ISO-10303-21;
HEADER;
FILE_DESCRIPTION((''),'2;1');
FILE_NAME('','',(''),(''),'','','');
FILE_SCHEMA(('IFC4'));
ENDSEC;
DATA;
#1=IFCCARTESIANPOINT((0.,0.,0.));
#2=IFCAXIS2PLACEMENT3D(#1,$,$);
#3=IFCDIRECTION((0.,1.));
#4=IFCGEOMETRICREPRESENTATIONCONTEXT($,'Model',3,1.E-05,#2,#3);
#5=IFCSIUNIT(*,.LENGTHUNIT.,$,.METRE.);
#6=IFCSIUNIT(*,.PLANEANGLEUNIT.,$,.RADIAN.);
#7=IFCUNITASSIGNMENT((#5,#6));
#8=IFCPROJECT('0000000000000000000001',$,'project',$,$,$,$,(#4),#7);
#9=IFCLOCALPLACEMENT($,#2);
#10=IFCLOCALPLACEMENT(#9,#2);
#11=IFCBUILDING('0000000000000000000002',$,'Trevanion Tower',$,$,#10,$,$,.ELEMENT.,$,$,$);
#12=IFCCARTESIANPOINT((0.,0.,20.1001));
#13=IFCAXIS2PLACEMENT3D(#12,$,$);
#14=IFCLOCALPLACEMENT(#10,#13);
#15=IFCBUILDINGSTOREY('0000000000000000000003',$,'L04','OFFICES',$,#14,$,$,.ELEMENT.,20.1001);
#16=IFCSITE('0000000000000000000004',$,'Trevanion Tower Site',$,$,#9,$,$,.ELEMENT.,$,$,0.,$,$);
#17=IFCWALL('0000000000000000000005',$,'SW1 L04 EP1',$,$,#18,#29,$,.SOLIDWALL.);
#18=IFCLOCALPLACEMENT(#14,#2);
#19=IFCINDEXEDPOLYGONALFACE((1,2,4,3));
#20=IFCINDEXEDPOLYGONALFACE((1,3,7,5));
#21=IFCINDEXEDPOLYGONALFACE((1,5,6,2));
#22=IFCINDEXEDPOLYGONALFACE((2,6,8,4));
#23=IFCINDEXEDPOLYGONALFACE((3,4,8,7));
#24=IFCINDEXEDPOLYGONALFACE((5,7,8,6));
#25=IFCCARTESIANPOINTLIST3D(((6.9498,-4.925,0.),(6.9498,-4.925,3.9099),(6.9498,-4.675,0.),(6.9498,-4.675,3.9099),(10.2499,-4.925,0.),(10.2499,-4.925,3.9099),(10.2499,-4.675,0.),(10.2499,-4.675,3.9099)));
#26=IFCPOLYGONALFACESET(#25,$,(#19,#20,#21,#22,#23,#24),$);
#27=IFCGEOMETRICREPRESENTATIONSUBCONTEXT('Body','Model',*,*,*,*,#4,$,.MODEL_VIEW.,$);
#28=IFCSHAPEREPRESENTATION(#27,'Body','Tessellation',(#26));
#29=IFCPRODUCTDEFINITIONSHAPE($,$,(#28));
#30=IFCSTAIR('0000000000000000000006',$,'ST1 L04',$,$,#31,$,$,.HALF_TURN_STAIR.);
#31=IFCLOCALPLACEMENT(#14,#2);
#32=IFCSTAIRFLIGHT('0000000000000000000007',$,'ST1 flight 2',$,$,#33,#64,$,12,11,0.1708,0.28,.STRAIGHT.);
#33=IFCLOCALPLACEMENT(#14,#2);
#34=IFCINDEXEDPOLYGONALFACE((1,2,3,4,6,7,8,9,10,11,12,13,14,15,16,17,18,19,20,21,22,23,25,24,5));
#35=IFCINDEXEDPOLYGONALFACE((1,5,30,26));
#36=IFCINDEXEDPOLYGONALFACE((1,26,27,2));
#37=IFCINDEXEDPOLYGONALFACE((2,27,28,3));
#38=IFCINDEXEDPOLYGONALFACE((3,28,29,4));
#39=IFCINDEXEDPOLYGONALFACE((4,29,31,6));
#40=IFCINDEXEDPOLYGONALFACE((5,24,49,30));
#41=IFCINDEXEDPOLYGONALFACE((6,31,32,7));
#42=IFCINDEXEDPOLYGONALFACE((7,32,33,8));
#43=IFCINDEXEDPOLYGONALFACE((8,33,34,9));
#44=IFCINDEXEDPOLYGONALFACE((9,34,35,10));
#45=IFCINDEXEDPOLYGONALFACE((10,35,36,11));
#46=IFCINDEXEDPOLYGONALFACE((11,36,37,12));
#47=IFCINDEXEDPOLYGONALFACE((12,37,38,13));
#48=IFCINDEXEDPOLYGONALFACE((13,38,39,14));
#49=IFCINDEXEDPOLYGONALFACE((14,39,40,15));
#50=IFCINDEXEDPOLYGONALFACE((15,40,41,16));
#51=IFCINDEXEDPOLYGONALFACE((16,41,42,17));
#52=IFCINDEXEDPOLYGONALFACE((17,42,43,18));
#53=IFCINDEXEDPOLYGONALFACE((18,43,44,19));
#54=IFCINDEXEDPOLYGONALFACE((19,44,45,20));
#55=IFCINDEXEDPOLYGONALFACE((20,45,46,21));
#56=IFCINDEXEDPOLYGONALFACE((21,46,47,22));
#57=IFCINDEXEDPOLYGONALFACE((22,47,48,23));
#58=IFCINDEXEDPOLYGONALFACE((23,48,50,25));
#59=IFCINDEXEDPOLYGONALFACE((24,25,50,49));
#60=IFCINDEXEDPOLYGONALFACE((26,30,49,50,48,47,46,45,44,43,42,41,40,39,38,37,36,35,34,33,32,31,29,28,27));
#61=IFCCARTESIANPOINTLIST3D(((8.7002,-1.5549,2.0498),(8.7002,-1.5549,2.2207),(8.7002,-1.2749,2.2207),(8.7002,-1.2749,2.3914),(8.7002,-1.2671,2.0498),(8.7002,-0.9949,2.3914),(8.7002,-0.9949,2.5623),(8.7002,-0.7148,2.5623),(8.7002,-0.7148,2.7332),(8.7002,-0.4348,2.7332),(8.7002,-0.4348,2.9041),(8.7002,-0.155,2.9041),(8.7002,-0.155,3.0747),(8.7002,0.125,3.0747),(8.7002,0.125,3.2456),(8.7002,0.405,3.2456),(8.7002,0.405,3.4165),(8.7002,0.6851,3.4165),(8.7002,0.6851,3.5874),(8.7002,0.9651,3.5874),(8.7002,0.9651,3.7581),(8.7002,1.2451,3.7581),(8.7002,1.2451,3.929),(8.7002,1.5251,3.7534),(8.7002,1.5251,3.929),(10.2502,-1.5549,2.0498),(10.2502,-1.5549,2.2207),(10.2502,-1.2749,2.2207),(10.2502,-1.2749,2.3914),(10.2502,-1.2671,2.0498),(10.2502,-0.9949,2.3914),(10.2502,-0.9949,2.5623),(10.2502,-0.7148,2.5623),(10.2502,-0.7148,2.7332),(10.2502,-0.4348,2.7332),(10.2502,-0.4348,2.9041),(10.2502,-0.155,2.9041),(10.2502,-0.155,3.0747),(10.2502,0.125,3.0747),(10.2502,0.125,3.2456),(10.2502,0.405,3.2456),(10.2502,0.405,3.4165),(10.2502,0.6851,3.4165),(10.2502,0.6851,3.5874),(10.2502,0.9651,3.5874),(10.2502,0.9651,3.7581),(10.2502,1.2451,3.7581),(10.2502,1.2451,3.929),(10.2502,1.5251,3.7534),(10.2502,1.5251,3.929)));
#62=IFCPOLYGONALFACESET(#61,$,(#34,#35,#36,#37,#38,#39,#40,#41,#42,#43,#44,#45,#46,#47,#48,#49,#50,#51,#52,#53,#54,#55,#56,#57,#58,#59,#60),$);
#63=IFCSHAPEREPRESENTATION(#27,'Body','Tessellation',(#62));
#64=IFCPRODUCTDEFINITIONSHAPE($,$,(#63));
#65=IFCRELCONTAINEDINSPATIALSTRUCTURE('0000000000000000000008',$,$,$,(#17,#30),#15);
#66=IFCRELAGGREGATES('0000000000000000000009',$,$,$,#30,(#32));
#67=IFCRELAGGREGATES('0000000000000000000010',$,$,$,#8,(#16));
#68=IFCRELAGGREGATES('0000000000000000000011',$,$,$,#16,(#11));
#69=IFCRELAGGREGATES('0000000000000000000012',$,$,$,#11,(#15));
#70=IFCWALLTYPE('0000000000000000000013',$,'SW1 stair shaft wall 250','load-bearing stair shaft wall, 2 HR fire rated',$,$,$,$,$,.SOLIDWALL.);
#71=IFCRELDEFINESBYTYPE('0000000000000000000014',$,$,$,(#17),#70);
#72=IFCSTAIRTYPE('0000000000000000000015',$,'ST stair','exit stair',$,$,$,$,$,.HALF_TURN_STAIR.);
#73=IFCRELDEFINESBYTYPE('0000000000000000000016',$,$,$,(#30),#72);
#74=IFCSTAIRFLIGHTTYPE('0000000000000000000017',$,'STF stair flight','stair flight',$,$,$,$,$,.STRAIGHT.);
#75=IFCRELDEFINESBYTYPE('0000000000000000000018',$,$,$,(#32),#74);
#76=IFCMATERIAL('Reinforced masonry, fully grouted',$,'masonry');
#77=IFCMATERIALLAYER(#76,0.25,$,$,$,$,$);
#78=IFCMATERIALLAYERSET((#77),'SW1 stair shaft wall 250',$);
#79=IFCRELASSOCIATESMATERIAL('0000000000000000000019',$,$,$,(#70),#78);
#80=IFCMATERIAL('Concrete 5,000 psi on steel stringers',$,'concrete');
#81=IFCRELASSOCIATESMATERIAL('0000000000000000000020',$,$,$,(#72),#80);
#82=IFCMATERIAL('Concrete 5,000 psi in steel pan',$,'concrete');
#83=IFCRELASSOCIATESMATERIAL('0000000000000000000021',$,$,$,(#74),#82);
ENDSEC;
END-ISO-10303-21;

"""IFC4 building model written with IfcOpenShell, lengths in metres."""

from ifc_helpers import new_model, si_unit, direction, frame, frame_2d, origin, place, context, subcontext, project, spatial, polyline, rectangle, outline, extrude, material, layer, layer_set, type_object, element, aggregate, save


model = new_model("IFC4")

# Units and contexts
model_context = context("Model", 3, precision=1e-05, world=origin(), true_north=direction((0.0, 1.0)))
body_context = subcontext(model_context, "Body", "Model", "MODEL_VIEW")
ifc_project = project(units=[si_unit("LENGTHUNIT", "METRE"), si_unit("PLANEANGLEUNIT", "RADIAN")], contexts=[model_context])

# Site, building, storey
site_placement = place(None, origin())
site = spatial("IfcSite", under=ifc_project, at=site_placement, Name="Trevanion Tower Site", CompositionType="ELEMENT", RefElevation=0.0)
building_placement = place(site_placement, origin())
building = spatial("IfcBuilding", under=site, at=building_placement, Name="Trevanion Tower", CompositionType="ELEMENT")
storey_placement = place(building_placement, frame((0.0, 0.0, 20.1001)))
storey = spatial("IfcBuildingStorey", under=building, at=storey_placement, Name="L04", Description="OFFICES", CompositionType="ELEMENT", Elevation=20.1001)

# Wall
ifc_material_1 = material(Name="Reinforced masonry, fully grouted", Category="masonry")
ifc_layer_1 = layer(ifc_material_1, 0.25)
ifc_layer_set_1 = layer_set([ifc_layer_1], Name="SW1 stair shaft wall 250")
wall_type_1 = type_object("IfcWallType", Name="SW1 stair shaft wall 250", Description="load-bearing stair shaft wall, 2 HR fire rated", PredefinedType="SOLIDWALL", material=ifc_layer_set_1)
wall_1_placement = place(storey_placement, frame((6.95, -4.8, 0.0), z_axis=(0.0, 0.0, 1.0), x_axis=(1.0, 0.0, 0.0)))
element("IfcWall", 1, at=wall_1_placement, inside=storey, type_object=wall_type_1, Name="SW1 L04 EP1", PredefinedType="SOLIDWALL", context=body_context, shape_type="SweptSolid", body=[
    extrude(rectangle(XDim=3.3, YDim=0.25, at=frame_2d((1.6499, 0.0))), origin(), (0.0, 0.0, 1.0), 3.9099),
])

# Stair, stair flight
ifc_material_2 = material(Name="Concrete 5,000 psi on steel stringers", Category="concrete")
stair_type = type_object("IfcStairType", Name="ST stair", Description="exit stair", PredefinedType="HALF_TURN_STAIR", material=ifc_material_2)
stair_placement = place(storey_placement, origin())
stair = element("IfcStair", 2, at=stair_placement, inside=storey, type_object=stair_type, Name="ST1 L04", PredefinedType="HALF_TURN_STAIR")
ifc_material_3 = material(Name="Concrete 5,000 psi in steel pan", Category="concrete")
stair_flight_type = type_object("IfcStairFlightType", Name="STF stair flight", Description="stair flight", PredefinedType="STRAIGHT", material=ifc_material_3)
stair_flight_placement = place(storey_placement, frame((9.4751, -1.5549, 2.0498), z_axis=(0.0, 0.0, 1.0), x_axis=(0.0, 1.0, 0.0)))
stair_flight = element("IfcStairFlight", 3, at=stair_flight_placement, type_object=stair_flight_type, Name="ST1 flight 2", NumberOfRisers=12, NumberOfTreads=11, PredefinedType="STRAIGHT", RiserHeight=0.1708, TreadLength=0.28, context=body_context, shape_type="SweptSolid", body=[
    extrude(outline(polyline([(0.0, 0.0), (0.0, 0.1709), (0.28, 0.1709), (0.28, 0.3416), (0.5601, 0.3416), (0.5601, 0.5125), (0.8401, 0.5125), (0.8401, 0.6833), (1.1201, 0.6833), (1.1201, 0.8542), (1.3999, 0.8542), (1.3999, 1.0249), (1.6799, 1.0249), (1.6799, 1.1958), (1.96, 1.1958), (1.96, 1.3667), (2.24, 1.3667), (2.24, 1.5376), (2.52, 1.5376), (2.52, 1.7083), (2.8, 1.7083), (2.8, 1.8792), (3.0801, 1.8792), (3.0801, 2.05), (3.0801, 1.7036), (0.2878, 0.0), (0.0, 0.0)])), frame((0.0, 0.7749, 0.0), z_axis=(0.0, -1.0, 0.0), x_axis=(1.0, 0.0, 0.0)), (0.0, 0.0, 1.0), 1.55),
])
aggregate(stair, [stair_flight])

save(model, "model.ifc")
